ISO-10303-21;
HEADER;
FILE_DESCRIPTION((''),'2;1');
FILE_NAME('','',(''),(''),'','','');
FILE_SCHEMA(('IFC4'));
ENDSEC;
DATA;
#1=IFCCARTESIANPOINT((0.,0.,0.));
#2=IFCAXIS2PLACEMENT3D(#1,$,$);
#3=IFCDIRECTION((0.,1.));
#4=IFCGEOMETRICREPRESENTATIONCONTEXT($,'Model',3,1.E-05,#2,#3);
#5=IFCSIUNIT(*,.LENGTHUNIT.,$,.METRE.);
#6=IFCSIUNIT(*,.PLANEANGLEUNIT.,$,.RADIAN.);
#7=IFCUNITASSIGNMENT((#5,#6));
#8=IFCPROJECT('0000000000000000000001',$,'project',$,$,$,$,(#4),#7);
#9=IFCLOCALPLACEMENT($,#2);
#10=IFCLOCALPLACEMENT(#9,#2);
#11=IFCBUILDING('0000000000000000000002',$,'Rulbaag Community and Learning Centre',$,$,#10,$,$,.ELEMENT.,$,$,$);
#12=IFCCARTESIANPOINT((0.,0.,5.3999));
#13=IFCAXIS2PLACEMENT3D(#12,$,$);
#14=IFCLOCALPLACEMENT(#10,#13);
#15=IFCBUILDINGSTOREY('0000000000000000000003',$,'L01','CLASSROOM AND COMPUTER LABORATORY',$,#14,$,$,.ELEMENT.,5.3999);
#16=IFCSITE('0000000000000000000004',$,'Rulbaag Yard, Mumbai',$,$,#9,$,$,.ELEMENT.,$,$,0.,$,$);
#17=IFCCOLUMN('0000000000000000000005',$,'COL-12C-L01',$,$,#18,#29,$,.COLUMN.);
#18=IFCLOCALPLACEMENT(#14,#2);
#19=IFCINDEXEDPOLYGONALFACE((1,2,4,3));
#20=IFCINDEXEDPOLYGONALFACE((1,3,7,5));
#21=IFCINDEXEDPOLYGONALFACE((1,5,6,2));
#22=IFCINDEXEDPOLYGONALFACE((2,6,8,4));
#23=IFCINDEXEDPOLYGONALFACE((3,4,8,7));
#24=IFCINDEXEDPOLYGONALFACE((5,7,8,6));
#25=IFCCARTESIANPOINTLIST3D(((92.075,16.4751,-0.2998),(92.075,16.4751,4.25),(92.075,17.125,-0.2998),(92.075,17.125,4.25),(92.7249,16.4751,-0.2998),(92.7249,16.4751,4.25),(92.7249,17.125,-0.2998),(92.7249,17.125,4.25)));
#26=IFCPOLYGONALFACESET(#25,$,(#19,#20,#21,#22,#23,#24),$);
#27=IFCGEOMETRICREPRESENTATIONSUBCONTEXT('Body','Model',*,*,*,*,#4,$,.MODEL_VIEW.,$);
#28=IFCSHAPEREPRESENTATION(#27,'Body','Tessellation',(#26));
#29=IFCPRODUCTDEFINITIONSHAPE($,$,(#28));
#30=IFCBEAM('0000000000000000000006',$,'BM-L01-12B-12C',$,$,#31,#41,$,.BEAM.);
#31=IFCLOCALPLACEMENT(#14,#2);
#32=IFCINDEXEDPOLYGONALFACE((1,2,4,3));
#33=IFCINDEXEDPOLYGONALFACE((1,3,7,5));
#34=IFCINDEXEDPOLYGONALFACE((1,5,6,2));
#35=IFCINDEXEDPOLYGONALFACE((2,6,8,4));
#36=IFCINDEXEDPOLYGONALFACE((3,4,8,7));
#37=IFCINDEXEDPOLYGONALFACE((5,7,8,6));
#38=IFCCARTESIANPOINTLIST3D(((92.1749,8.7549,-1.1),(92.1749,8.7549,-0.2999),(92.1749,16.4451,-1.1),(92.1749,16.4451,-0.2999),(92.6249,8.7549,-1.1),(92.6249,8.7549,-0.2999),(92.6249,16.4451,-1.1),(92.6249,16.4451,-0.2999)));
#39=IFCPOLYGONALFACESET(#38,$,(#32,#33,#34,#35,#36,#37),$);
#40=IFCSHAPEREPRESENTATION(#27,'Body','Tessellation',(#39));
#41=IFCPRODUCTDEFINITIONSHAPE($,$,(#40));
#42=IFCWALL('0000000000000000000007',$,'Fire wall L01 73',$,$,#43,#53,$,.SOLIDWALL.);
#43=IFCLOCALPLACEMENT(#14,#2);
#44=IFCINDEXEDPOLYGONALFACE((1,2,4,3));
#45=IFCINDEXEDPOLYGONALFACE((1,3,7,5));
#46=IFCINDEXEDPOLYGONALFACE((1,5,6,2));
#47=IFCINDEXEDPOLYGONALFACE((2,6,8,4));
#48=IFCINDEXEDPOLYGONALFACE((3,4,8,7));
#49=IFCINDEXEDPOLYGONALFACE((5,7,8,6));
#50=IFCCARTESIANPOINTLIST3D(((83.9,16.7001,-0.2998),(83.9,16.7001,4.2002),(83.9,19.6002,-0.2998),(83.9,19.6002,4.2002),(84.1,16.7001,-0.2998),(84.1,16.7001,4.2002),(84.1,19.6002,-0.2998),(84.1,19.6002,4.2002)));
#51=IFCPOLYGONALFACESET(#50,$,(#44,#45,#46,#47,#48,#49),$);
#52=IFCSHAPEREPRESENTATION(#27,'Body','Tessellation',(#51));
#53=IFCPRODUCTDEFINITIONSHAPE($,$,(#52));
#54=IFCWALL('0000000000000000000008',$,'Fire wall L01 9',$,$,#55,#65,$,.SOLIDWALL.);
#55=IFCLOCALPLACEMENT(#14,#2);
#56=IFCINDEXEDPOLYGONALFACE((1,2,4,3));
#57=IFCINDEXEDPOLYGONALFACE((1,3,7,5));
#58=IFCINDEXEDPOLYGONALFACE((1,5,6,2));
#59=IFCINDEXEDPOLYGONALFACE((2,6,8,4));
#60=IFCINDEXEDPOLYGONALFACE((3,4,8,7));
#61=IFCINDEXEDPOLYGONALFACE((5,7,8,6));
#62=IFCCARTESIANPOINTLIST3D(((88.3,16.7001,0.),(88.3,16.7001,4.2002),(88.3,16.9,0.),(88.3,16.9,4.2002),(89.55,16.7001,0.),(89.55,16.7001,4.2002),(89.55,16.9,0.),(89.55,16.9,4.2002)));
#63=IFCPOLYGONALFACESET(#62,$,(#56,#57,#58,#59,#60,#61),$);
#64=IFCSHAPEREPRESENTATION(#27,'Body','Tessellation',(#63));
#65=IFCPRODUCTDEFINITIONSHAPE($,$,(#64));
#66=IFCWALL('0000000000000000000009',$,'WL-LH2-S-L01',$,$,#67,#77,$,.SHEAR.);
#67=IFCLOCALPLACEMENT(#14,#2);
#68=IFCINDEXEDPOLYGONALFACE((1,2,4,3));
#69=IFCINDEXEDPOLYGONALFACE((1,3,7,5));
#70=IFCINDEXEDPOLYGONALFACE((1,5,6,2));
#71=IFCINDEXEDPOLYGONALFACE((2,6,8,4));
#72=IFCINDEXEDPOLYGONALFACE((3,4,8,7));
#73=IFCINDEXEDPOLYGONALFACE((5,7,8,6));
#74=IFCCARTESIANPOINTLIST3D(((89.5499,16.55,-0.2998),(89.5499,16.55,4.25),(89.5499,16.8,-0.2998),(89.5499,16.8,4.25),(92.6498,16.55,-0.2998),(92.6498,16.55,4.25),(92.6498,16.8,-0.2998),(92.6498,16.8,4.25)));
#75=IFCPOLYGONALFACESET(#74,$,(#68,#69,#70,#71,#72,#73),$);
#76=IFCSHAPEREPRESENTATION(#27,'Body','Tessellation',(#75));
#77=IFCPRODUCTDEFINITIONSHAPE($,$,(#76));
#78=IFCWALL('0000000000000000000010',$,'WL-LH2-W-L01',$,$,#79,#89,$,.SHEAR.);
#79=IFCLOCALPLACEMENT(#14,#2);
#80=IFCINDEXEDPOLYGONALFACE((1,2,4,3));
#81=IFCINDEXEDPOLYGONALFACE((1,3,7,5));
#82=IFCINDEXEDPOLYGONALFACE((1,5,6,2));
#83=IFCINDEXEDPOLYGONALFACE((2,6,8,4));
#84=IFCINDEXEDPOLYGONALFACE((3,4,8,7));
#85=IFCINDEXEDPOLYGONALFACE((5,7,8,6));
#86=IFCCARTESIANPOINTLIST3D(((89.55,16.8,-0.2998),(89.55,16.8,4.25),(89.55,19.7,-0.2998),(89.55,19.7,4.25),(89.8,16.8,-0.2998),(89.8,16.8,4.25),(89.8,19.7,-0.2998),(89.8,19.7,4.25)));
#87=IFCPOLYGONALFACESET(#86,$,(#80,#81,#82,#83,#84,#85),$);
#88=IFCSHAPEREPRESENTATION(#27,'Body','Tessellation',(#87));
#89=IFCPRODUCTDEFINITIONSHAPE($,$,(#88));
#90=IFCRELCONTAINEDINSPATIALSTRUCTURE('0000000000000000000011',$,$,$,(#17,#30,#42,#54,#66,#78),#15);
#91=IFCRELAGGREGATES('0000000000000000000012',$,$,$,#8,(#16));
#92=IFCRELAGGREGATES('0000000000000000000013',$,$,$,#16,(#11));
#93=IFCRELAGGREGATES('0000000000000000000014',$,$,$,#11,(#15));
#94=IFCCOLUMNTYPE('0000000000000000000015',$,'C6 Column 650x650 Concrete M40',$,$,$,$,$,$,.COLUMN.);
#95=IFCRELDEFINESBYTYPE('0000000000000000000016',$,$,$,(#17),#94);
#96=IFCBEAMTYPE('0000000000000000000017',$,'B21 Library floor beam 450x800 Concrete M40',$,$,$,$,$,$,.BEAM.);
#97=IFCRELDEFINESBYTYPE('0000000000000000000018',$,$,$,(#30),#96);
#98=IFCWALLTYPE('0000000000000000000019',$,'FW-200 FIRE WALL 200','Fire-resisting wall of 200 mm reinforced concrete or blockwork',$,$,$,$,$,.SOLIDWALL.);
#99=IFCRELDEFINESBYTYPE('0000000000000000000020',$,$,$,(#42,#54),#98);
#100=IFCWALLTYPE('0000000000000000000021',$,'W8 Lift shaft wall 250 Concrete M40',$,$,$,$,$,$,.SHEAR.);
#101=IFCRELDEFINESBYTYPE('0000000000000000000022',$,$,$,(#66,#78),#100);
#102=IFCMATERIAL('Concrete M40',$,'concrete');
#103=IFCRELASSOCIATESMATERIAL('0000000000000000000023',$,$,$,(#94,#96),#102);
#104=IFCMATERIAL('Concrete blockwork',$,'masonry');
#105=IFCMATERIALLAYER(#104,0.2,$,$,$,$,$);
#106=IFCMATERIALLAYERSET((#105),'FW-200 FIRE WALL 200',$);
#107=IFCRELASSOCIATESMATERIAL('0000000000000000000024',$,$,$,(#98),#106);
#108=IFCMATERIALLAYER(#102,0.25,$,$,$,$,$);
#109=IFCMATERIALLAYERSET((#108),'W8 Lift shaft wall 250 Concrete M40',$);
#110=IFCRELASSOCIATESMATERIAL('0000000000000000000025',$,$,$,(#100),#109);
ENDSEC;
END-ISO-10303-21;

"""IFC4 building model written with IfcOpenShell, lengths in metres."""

from ifc_helpers import new_model, si_unit, direction, frame, frame_2d, origin, origin_2d, place, context, subcontext, project, spatial, rectangle, extrude, material, layer, layer_set, material_profile, profile_set, type_object, element, save


model = new_model("IFC4")

# Units and contexts
model_context = context("Model", 3, precision=1e-05, world=origin(), true_north=direction((0.0, 1.0)))
body_context = subcontext(model_context, "Body", "Model", "MODEL_VIEW")
ifc_project = project(units=[si_unit("LENGTHUNIT", "METRE"), si_unit("PLANEANGLEUNIT", "RADIAN")], contexts=[model_context])

# Site, building, storey
site_placement = place(None, origin())
site = spatial("IfcSite", under=ifc_project, at=site_placement, Name="Rulbaag Yard, Mumbai", CompositionType="ELEMENT", RefElevation=0.0)
building_placement = place(site_placement, origin())
building = spatial("IfcBuilding", under=site, at=building_placement, Name="Rulbaag Community and Learning Centre", CompositionType="ELEMENT")
storey_placement = place(building_placement, frame((0.0, 0.0, 5.3999)))
storey = spatial("IfcBuildingStorey", under=building, at=storey_placement, Name="L01", Description="CLASSROOM AND COMPUTER LABORATORY", CompositionType="ELEMENT", Elevation=5.3999)

# Column
ifc_material_1 = material(Name="Concrete M40", Category="concrete")
ifc_material_profile_1 = material_profile(ifc_material_1, rectangle(XDim=0.6499, YDim=0.6499, at=origin_2d()), Name="RC650x650")
ifc_profile_set_1 = profile_set([ifc_material_profile_1], Name="Concrete M40")
column_type = type_object("IfcColumnType", Name="C6 Column 650x650 Concrete M40", PredefinedType="COLUMN", material=ifc_profile_set_1)
column_placement = place(storey_placement, frame((92.3999, 16.8, -0.2998), z_axis=(0.0, 0.0, 1.0), x_axis=(1.0, 0.0, 0.0)))
element("IfcColumn", 1, at=column_placement, inside=storey, type_object=column_type, Name="COL-12C-L01", PredefinedType="COLUMN", context=body_context, shape_type="SweptSolid", body=[
    extrude(rectangle(XDim=0.6499, YDim=0.6499, at=origin_2d()), origin(), (0.0, 0.0, 1.0), 4.5498),
])

# Beam
ifc_material_profile_2 = material_profile(ifc_material_1, rectangle(XDim=0.45, YDim=0.8, at=origin_2d()), Name="RB450x800")
ifc_profile_set_2 = profile_set([ifc_material_profile_2], Name="Concrete M40")
beam_type = type_object("IfcBeamType", Name="B21 Library floor beam 450x800 Concrete M40", PredefinedType="BEAM", material=ifc_profile_set_2)
beam_placement = place(storey_placement, frame((92.3999, 8.7549, -0.7), z_axis=(0.0, 1.0, 0.0), x_axis=(-1.0, 0.0, 0.0)))
element("IfcBeam", 2, at=beam_placement, inside=storey, type_object=beam_type, Name="BM-L01-12B-12C", PredefinedType="BEAM", context=body_context, shape_type="SweptSolid", body=[
    extrude(rectangle(XDim=0.45, YDim=0.8, at=origin_2d()), origin(), (0.0, 0.0, 1.0), 7.6902),
])

# Walls
ifc_material_2 = material(Name="Concrete blockwork", Category="masonry")
ifc_layer_1 = layer(ifc_material_2, 0.2)
ifc_layer_set_1 = layer_set([ifc_layer_1], Name="FW-200 FIRE WALL 200")
wall_type_1 = type_object("IfcWallType", Name="FW-200 FIRE WALL 200", Description="Fire-resisting wall of 200 mm reinforced concrete or blockwork", PredefinedType="SOLIDWALL", material=ifc_layer_set_1)
wall_1_placement = place(storey_placement, frame((84.0, 16.7, -0.2998), z_axis=(0.0, 0.0, 1.0), x_axis=(0.0, 1.0, 0.0)))
element("IfcWall", 3, at=wall_1_placement, inside=storey, type_object=wall_type_1, Name="Fire wall L01 73", PredefinedType="SOLIDWALL", context=body_context, shape_type="SweptSolid", body=[
    extrude(rectangle(XDim=2.9001, YDim=0.2, at=frame_2d((1.4502, 0.0))), origin(), (0.0, 0.0, 1.0), 4.5),
])
wall_2_placement = place(storey_placement, frame((88.3, 16.8, 0.0), z_axis=(0.0, 0.0, 1.0), x_axis=(1.0, 0.0, 0.0)))
element("IfcWall", 4, at=wall_2_placement, inside=storey, type_object=wall_type_1, Name="Fire wall L01 9", PredefinedType="SOLIDWALL", context=body_context, shape_type="SweptSolid", body=[
    extrude(rectangle(XDim=1.25, YDim=0.2, at=frame_2d((0.625, 0.0))), origin(), (0.0, 0.0, 1.0), 4.2002),
])
ifc_layer_2 = layer(ifc_material_1, 0.25)
ifc_layer_set_2 = layer_set([ifc_layer_2], Name="W8 Lift shaft wall 250 Concrete M40")
wall_type_2 = type_object("IfcWallType", Name="W8 Lift shaft wall 250 Concrete M40", PredefinedType="SHEAR", material=ifc_layer_set_2)
wall_3_placement = place(storey_placement, frame((89.55, 16.675, -0.2998), z_axis=(0.0, 0.0, 1.0), x_axis=(1.0, 0.0, 0.0)))
element("IfcWall", 5, at=wall_3_placement, inside=storey, type_object=wall_type_2, Name="WL-LH2-S-L01", PredefinedType="SHEAR", context=body_context, shape_type="SweptSolid", body=[
    extrude(rectangle(XDim=3.0999, YDim=0.25, at=frame_2d((1.5498, 0.0))), origin(), (0.0, 0.0, 1.0), 4.5498),
])
wall_4_placement = place(storey_placement, frame((89.675, 16.8, -0.2998), z_axis=(0.0, 0.0, 1.0), x_axis=(0.0, 1.0, 0.0)))
element("IfcWall", 6, at=wall_4_placement, inside=storey, type_object=wall_type_2, Name="WL-LH2-W-L01", PredefinedType="SHEAR", context=body_context, shape_type="SweptSolid", body=[
    extrude(rectangle(XDim=2.8999, YDim=0.25, at=frame_2d((1.45, 0.0))), origin(), (0.0, 0.0, 1.0), 4.5498),
])

save(model, "model.ifc")
